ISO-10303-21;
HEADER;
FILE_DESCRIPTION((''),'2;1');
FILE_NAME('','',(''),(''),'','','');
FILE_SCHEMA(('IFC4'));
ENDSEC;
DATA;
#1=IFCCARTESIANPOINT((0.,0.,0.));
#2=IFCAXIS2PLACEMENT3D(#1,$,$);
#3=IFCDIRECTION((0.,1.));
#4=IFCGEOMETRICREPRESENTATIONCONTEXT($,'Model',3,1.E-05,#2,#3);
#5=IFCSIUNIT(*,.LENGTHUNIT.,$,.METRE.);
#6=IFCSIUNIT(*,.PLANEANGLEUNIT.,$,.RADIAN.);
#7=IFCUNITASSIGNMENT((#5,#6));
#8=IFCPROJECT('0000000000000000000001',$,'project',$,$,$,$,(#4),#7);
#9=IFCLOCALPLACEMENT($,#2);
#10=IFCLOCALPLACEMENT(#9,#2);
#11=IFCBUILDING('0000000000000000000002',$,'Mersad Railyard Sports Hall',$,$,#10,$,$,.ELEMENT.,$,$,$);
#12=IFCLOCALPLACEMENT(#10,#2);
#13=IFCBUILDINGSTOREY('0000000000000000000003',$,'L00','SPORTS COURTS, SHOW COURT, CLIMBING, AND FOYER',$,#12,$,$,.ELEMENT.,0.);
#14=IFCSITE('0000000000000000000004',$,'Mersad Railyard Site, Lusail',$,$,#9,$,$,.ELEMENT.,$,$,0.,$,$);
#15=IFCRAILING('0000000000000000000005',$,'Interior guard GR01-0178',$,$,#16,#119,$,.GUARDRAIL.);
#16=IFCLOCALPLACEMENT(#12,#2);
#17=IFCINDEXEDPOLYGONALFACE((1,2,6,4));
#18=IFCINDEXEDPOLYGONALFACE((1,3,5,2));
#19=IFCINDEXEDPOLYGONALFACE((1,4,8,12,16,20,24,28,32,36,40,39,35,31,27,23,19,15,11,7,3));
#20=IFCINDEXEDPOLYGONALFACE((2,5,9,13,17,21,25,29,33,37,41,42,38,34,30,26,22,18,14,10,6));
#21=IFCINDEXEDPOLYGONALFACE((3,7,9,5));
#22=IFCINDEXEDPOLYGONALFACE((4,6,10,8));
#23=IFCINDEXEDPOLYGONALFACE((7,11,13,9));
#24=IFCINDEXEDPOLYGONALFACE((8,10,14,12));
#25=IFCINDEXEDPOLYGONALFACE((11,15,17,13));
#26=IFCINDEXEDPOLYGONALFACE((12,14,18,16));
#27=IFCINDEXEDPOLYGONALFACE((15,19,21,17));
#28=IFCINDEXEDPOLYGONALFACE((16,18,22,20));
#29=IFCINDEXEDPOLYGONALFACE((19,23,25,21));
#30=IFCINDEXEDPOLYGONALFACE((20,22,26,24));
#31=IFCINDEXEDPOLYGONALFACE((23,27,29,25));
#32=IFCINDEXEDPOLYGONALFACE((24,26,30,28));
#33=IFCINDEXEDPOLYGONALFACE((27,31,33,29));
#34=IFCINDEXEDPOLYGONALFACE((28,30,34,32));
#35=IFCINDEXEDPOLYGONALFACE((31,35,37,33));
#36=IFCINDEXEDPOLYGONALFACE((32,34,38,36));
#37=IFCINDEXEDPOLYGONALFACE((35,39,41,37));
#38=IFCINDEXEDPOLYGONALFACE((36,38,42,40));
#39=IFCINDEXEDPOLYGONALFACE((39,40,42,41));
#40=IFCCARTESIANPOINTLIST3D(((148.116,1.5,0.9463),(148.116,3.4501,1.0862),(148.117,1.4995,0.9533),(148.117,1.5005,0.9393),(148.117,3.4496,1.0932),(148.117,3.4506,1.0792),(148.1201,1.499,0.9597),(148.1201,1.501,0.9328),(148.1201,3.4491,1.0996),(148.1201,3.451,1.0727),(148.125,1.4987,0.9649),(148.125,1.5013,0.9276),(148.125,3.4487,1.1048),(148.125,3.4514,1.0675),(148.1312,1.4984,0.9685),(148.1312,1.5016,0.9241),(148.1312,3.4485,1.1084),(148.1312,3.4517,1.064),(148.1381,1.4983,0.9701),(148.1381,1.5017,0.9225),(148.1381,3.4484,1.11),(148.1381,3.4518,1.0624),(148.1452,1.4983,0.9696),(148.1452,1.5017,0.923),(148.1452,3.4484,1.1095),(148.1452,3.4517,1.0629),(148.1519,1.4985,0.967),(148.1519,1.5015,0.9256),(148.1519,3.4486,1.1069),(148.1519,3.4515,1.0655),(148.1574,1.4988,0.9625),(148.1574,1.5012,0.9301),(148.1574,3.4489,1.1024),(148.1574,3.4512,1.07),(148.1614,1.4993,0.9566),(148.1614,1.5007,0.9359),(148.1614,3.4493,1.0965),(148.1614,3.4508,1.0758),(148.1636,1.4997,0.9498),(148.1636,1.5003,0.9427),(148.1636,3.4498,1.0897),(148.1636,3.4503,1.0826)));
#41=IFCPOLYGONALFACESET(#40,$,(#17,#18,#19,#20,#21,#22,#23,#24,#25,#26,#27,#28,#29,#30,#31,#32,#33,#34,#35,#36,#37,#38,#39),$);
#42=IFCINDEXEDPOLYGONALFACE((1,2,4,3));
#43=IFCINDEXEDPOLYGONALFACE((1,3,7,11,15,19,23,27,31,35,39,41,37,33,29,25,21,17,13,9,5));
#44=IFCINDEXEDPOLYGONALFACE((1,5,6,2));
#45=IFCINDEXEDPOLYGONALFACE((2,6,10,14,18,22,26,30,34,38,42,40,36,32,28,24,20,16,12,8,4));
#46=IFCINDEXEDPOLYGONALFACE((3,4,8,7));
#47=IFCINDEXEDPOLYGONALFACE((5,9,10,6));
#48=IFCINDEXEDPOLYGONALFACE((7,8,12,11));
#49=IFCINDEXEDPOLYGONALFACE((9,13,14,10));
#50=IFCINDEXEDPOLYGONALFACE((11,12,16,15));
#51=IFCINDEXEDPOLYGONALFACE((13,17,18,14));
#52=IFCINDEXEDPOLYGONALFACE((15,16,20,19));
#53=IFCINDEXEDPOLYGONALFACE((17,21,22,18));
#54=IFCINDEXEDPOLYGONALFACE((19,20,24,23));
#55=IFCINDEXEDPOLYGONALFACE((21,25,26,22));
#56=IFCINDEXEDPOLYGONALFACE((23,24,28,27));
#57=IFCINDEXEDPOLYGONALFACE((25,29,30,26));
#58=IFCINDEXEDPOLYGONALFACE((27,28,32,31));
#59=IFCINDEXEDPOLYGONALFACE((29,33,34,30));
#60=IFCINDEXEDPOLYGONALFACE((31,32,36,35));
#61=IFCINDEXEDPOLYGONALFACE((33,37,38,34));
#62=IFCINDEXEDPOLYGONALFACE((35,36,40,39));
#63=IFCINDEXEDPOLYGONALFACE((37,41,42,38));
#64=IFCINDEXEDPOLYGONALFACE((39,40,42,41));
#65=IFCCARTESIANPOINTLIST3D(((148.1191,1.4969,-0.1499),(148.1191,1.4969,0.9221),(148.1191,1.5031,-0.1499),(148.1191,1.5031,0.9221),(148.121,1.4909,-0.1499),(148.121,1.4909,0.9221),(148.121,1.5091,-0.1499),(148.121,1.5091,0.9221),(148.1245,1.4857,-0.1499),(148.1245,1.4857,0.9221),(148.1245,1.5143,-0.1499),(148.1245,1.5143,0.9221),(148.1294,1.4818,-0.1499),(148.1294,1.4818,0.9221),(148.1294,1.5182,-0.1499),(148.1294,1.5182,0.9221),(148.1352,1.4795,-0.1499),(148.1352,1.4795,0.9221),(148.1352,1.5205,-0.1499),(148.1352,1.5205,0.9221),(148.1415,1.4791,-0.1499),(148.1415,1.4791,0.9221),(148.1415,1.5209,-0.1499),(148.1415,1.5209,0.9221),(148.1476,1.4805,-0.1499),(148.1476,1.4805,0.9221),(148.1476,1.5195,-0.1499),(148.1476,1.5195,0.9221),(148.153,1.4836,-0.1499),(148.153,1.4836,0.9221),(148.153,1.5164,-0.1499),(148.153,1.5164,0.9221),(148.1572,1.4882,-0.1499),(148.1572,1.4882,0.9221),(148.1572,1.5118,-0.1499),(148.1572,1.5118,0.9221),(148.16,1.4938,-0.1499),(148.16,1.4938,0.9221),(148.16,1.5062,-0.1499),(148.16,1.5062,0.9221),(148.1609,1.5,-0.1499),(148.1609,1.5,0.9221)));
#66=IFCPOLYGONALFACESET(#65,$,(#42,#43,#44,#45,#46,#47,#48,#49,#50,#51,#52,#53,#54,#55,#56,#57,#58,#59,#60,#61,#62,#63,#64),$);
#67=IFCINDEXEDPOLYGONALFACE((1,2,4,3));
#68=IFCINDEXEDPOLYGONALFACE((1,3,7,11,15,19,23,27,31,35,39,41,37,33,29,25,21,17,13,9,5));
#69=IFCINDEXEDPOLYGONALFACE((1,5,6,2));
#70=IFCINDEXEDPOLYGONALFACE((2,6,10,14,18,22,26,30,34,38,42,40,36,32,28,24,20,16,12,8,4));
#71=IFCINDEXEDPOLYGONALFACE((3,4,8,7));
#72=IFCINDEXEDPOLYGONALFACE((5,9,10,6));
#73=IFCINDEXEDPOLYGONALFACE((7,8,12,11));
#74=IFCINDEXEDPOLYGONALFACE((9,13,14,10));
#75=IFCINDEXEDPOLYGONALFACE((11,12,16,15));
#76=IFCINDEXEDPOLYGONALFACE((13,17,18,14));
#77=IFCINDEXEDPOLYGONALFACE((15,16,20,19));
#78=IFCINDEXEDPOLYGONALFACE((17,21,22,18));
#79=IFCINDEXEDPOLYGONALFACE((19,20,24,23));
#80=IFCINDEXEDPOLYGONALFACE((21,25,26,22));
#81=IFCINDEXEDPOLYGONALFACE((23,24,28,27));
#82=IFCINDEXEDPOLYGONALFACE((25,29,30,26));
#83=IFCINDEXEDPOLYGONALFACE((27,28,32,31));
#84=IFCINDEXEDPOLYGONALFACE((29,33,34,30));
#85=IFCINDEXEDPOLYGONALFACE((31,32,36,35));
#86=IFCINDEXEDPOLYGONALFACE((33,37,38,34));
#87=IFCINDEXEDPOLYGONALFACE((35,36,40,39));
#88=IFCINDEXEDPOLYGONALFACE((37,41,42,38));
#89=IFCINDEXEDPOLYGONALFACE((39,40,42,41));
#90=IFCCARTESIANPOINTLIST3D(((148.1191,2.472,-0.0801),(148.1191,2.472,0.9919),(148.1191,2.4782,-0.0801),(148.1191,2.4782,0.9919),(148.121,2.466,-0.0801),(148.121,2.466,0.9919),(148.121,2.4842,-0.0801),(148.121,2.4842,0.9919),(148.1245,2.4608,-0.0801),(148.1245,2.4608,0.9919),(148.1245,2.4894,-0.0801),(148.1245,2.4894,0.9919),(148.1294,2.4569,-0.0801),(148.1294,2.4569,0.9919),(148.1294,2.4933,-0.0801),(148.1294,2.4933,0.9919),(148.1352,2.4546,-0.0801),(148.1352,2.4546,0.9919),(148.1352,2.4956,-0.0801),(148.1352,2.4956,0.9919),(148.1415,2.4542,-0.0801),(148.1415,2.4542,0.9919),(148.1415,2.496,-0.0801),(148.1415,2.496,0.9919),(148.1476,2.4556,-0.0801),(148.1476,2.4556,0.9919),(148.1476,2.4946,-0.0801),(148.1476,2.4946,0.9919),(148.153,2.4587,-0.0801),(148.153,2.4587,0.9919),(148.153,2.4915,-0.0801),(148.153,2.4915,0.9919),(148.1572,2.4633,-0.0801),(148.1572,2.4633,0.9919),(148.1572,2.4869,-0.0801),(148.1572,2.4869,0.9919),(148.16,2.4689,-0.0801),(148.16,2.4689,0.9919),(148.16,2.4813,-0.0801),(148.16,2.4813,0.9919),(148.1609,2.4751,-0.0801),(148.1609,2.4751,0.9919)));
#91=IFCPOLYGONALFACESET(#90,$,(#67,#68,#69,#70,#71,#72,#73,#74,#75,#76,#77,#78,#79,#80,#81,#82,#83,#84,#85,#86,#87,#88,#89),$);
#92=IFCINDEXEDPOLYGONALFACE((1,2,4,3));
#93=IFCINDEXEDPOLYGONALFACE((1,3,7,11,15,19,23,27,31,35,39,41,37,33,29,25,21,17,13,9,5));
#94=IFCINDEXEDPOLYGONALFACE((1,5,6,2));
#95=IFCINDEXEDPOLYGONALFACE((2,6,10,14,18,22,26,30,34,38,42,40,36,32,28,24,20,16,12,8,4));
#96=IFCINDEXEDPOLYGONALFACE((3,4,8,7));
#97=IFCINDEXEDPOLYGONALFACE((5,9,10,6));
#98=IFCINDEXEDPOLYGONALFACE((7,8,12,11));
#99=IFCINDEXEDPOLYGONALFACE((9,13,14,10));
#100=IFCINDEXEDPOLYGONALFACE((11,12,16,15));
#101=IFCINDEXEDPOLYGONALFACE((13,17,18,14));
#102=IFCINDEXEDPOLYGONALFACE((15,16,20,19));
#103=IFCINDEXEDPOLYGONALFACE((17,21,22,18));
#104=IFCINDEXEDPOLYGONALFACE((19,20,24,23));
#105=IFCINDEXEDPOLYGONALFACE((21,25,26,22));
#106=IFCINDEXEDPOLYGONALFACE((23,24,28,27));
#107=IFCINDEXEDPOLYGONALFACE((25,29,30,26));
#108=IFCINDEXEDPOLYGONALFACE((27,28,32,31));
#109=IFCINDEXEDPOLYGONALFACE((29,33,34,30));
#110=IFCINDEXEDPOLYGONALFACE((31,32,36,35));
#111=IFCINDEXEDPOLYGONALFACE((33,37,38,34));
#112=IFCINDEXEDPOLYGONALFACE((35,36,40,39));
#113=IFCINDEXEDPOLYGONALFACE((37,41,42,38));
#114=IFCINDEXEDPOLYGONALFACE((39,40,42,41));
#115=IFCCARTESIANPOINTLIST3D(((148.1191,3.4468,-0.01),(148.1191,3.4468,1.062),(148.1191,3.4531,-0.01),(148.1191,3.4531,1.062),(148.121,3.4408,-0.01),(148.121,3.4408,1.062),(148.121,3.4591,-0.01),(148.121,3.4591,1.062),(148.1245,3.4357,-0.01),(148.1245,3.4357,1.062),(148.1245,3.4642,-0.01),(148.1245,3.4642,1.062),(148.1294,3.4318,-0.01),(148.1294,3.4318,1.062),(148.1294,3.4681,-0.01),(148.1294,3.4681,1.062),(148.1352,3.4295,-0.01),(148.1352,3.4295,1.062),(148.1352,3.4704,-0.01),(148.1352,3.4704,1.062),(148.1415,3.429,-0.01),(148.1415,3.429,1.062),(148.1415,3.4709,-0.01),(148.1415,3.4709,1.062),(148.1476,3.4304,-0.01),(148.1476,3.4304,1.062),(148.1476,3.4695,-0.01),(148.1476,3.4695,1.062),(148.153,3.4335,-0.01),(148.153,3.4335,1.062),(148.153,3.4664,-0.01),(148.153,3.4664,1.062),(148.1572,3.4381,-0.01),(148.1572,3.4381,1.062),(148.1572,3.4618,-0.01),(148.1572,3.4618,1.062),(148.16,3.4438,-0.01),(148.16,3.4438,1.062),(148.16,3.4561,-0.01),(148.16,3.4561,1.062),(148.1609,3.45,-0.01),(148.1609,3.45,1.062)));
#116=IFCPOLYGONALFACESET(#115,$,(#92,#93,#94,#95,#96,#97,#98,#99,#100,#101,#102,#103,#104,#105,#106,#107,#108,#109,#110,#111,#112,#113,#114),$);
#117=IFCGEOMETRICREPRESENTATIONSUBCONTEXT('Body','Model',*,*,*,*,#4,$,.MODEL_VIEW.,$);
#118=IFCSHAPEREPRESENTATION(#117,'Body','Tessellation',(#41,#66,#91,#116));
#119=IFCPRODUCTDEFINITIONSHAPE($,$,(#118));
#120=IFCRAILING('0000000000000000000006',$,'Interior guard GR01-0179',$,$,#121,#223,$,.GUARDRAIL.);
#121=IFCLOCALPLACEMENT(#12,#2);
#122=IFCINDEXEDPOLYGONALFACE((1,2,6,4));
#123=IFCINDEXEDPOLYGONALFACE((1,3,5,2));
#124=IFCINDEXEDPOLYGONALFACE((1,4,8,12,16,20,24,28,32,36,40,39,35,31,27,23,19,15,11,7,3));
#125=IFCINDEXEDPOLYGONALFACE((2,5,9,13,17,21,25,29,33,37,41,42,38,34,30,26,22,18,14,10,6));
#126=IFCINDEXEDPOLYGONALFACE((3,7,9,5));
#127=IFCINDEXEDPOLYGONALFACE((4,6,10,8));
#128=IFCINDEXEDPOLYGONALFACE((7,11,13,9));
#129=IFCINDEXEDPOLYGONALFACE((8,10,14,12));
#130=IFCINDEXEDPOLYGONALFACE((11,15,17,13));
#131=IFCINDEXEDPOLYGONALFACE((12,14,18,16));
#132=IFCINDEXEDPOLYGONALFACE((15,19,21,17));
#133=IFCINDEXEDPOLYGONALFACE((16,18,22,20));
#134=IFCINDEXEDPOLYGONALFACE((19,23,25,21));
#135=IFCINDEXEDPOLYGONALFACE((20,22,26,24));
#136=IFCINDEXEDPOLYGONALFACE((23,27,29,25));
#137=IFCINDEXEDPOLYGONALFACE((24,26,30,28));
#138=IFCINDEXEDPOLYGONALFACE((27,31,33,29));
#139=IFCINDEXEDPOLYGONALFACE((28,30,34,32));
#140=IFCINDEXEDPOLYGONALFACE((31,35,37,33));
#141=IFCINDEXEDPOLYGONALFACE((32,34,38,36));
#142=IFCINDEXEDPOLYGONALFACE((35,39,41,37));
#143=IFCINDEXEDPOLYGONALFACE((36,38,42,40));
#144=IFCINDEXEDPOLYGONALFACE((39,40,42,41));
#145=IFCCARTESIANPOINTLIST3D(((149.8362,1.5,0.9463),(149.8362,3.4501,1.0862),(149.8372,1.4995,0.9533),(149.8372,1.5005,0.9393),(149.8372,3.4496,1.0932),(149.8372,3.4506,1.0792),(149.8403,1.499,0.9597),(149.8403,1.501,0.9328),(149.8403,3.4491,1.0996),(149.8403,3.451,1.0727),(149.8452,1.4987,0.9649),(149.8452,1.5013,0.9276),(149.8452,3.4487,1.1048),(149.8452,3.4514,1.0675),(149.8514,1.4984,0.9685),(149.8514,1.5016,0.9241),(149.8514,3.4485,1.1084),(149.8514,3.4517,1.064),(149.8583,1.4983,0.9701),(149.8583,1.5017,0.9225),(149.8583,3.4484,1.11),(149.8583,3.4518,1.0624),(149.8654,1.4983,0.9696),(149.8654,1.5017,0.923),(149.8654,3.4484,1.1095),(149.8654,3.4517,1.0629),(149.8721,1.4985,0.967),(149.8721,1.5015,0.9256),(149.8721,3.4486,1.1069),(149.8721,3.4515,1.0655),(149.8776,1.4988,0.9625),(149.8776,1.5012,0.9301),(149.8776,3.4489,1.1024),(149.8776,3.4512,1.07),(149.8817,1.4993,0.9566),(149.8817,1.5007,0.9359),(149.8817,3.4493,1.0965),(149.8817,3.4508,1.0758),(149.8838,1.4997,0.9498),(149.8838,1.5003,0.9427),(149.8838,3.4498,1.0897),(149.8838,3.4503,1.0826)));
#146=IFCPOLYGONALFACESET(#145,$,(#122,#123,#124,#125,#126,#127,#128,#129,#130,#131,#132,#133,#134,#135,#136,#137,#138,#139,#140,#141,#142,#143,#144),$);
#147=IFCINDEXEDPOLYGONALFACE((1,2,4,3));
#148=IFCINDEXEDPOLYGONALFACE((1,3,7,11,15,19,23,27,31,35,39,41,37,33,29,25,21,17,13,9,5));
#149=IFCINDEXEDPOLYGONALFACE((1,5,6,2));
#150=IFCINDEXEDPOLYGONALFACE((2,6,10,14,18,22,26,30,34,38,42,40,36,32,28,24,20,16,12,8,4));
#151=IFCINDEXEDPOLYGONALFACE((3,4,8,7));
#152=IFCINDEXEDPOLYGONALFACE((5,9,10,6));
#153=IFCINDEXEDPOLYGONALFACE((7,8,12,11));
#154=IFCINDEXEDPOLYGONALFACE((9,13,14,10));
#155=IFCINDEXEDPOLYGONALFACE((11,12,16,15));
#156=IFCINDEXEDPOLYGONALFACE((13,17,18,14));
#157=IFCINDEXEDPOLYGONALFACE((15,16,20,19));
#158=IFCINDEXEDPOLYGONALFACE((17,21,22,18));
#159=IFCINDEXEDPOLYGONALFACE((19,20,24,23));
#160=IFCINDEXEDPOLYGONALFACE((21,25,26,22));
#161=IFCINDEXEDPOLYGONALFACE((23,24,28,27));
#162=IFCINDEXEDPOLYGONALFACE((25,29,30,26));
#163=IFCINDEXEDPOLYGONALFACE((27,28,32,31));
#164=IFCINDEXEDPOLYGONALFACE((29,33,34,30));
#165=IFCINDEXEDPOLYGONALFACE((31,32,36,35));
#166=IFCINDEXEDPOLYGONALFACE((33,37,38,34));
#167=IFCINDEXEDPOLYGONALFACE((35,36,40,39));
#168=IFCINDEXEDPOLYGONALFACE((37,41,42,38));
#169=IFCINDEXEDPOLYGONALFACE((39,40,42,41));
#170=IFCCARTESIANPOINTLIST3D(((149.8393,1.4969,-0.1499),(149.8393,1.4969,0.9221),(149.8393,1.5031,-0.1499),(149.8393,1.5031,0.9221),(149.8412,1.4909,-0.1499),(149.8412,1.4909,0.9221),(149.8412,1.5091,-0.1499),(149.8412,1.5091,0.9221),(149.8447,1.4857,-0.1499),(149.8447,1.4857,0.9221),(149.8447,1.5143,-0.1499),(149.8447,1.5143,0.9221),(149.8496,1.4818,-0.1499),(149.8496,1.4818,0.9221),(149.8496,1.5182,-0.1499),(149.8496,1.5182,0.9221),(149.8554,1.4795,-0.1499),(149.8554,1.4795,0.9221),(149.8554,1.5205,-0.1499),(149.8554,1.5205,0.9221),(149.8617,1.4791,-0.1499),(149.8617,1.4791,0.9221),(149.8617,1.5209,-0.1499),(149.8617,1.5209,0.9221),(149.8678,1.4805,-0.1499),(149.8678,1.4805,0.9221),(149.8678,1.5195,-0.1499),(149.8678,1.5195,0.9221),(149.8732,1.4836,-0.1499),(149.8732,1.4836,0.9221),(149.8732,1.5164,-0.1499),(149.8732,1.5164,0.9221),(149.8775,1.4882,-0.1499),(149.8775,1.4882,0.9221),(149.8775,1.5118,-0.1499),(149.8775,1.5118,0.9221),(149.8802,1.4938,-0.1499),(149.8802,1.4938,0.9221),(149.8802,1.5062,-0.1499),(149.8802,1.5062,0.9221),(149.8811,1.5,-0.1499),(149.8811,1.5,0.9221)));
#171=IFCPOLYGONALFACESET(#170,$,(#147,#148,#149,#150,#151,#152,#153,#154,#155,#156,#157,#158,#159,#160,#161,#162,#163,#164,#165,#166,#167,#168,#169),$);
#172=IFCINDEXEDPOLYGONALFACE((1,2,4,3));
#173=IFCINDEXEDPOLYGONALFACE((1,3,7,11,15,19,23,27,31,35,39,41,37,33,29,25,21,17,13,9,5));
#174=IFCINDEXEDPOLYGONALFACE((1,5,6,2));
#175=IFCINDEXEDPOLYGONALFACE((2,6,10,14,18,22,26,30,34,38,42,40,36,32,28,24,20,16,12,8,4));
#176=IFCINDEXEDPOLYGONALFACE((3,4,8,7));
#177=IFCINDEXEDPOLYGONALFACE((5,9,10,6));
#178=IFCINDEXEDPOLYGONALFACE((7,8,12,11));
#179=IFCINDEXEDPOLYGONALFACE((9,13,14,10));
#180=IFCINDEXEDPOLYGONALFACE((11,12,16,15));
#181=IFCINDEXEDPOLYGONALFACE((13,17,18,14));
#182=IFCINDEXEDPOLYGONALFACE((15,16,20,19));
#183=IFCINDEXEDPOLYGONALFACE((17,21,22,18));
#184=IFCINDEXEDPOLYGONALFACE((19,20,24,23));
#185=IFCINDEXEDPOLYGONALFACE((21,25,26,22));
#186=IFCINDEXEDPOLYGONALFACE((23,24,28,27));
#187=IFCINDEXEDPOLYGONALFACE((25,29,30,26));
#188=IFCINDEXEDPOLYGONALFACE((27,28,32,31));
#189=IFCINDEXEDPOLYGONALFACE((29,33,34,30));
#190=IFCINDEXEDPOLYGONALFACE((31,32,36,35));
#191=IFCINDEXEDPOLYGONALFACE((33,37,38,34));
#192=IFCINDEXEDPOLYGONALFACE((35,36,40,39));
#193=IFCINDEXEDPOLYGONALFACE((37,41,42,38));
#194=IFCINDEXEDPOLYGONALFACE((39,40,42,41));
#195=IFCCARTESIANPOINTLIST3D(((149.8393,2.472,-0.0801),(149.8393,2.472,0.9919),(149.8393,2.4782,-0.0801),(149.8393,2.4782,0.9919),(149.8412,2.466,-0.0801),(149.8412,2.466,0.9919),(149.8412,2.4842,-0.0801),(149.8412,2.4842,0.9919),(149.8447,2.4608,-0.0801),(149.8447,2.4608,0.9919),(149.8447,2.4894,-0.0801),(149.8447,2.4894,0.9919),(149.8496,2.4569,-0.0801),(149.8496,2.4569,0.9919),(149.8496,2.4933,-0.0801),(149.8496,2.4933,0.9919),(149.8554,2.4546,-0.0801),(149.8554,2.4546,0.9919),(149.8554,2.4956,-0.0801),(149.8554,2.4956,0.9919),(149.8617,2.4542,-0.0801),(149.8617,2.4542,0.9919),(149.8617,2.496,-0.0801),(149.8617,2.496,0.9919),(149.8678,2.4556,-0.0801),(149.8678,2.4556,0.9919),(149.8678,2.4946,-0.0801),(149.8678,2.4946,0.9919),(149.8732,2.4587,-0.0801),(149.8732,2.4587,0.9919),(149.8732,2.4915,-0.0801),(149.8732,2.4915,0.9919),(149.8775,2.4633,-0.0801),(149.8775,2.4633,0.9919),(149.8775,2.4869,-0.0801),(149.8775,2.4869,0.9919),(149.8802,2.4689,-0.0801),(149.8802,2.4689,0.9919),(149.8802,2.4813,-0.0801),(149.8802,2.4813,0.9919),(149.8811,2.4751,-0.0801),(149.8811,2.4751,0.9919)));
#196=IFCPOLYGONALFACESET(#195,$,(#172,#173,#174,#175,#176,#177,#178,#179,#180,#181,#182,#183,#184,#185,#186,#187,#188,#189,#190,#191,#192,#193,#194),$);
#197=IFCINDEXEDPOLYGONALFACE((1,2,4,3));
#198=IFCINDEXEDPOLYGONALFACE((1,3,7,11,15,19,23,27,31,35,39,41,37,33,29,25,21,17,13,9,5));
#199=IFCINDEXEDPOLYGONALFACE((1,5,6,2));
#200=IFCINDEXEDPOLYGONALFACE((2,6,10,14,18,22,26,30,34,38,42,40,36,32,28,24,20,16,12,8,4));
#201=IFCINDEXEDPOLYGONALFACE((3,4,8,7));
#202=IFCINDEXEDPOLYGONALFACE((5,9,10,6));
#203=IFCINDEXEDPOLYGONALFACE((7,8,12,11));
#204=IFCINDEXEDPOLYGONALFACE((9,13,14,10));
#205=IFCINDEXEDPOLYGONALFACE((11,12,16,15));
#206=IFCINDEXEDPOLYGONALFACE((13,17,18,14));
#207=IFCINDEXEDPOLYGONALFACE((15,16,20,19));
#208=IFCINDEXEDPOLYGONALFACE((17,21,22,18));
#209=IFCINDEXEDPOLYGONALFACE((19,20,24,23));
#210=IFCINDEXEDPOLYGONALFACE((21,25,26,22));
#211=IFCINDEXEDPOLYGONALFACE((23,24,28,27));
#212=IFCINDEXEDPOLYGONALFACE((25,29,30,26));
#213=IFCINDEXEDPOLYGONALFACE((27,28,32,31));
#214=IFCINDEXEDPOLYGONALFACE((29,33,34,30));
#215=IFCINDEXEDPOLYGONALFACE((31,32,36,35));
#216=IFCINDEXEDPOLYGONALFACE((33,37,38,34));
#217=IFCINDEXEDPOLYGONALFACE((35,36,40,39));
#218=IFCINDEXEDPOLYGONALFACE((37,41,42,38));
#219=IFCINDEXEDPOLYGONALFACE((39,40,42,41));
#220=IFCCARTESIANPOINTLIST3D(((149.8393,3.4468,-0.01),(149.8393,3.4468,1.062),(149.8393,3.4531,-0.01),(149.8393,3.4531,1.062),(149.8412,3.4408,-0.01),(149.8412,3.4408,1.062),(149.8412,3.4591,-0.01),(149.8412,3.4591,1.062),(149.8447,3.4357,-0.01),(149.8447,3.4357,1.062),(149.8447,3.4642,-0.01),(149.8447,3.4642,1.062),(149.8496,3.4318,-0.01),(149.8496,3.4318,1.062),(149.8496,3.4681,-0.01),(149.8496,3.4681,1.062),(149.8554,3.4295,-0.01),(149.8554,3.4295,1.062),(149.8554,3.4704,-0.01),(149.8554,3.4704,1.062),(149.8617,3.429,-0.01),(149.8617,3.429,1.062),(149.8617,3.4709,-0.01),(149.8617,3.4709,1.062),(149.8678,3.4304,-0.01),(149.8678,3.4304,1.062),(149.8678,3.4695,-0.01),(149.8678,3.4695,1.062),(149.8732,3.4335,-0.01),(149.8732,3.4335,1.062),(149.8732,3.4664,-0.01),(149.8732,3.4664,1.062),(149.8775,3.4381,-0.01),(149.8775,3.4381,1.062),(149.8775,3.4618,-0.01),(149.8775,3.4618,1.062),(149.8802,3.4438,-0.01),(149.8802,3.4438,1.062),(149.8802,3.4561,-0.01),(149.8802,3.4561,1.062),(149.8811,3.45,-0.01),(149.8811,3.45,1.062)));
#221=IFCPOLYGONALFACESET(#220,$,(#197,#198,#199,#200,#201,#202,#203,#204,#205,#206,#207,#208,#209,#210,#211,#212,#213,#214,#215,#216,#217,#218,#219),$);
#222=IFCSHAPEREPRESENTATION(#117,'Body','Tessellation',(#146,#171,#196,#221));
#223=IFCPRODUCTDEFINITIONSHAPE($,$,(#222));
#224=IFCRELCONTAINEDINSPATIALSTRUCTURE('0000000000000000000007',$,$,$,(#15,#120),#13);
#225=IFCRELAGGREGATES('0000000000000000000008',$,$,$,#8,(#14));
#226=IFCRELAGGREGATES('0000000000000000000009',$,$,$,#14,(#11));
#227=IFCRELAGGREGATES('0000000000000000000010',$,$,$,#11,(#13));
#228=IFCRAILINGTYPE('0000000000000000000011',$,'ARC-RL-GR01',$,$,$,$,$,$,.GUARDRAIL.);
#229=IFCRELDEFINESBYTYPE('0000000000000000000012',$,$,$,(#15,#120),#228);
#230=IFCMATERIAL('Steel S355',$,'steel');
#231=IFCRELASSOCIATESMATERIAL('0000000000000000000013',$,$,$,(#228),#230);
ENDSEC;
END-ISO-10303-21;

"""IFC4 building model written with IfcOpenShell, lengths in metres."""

from ifc_helpers import new_model, si_unit, direction, frame, origin, origin_2d, place, context, subcontext, project, spatial, circle, extrude, material, type_object, element, save


model = new_model("IFC4")

# Units and contexts
model_context = context("Model", 3, precision=1e-05, world=origin(), true_north=direction((0.0, 1.0)))
body_context = subcontext(model_context, "Body", "Model", "MODEL_VIEW")
ifc_project = project(units=[si_unit("LENGTHUNIT", "METRE"), si_unit("PLANEANGLEUNIT", "RADIAN")], contexts=[model_context])

# Site, building, storey
site_placement = place(None, origin())
site = spatial("IfcSite", under=ifc_project, at=site_placement, Name="Mersad Railyard Site, Lusail", CompositionType="ELEMENT", RefElevation=0.0)
building_placement = place(site_placement, origin())
building = spatial("IfcBuilding", under=site, at=building_placement, Name="Mersad Railyard Sports Hall", CompositionType="ELEMENT")
storey_placement = place(building_placement, origin())
storey = spatial("IfcBuildingStorey", under=building, at=storey_placement, Name="L00", Description="SPORTS COURTS, SHOW COURT, CLIMBING, AND FOYER", CompositionType="ELEMENT", Elevation=0.0)

# Shared definitions
ifc_material_1 = material(Name="Steel S355", Category="steel")

# Railings
railing_type = type_object("IfcRailingType", Name="ARC-RL-GR01", PredefinedType="GUARDRAIL", material=ifc_material_1)
for number, where, name in (
    (1, (148.1399, 1.5, -0.1499), "Interior guard GR01-0178"),
    (2, (149.8601, 1.5, -0.1499), "Interior guard GR01-0179"),
):
    element("IfcRailing", number, at=place(storey_placement, frame(where)), inside=storey, type_object=railing_type, Name=name, PredefinedType="GUARDRAIL", context=body_context, shape_type="SweptSolid", body=[
        extrude(circle(Radius=0.0239, at=origin_2d()), frame((0.0, 0.0, 1.0962), z_axis=(0.0, 0.997436, 0.071558), x_axis=(-1.0, 0.0, 0.0)), (0.0, 0.0, 1.0), 1.9551),
        extrude(circle(Radius=0.021, at=origin_2d()), origin(), (0.0, 0.0, 1.0), 1.072),
        extrude(circle(Radius=0.021, at=origin_2d()), frame((0.0, 0.9751, 0.0698)), (0.0, 0.0, 1.0), 1.072),
        extrude(circle(Radius=0.021, at=origin_2d()), frame((0.0, 1.95, 0.1399)), (0.0, 0.0, 1.0), 1.072),
    ])

save(model, "model.ifc")
